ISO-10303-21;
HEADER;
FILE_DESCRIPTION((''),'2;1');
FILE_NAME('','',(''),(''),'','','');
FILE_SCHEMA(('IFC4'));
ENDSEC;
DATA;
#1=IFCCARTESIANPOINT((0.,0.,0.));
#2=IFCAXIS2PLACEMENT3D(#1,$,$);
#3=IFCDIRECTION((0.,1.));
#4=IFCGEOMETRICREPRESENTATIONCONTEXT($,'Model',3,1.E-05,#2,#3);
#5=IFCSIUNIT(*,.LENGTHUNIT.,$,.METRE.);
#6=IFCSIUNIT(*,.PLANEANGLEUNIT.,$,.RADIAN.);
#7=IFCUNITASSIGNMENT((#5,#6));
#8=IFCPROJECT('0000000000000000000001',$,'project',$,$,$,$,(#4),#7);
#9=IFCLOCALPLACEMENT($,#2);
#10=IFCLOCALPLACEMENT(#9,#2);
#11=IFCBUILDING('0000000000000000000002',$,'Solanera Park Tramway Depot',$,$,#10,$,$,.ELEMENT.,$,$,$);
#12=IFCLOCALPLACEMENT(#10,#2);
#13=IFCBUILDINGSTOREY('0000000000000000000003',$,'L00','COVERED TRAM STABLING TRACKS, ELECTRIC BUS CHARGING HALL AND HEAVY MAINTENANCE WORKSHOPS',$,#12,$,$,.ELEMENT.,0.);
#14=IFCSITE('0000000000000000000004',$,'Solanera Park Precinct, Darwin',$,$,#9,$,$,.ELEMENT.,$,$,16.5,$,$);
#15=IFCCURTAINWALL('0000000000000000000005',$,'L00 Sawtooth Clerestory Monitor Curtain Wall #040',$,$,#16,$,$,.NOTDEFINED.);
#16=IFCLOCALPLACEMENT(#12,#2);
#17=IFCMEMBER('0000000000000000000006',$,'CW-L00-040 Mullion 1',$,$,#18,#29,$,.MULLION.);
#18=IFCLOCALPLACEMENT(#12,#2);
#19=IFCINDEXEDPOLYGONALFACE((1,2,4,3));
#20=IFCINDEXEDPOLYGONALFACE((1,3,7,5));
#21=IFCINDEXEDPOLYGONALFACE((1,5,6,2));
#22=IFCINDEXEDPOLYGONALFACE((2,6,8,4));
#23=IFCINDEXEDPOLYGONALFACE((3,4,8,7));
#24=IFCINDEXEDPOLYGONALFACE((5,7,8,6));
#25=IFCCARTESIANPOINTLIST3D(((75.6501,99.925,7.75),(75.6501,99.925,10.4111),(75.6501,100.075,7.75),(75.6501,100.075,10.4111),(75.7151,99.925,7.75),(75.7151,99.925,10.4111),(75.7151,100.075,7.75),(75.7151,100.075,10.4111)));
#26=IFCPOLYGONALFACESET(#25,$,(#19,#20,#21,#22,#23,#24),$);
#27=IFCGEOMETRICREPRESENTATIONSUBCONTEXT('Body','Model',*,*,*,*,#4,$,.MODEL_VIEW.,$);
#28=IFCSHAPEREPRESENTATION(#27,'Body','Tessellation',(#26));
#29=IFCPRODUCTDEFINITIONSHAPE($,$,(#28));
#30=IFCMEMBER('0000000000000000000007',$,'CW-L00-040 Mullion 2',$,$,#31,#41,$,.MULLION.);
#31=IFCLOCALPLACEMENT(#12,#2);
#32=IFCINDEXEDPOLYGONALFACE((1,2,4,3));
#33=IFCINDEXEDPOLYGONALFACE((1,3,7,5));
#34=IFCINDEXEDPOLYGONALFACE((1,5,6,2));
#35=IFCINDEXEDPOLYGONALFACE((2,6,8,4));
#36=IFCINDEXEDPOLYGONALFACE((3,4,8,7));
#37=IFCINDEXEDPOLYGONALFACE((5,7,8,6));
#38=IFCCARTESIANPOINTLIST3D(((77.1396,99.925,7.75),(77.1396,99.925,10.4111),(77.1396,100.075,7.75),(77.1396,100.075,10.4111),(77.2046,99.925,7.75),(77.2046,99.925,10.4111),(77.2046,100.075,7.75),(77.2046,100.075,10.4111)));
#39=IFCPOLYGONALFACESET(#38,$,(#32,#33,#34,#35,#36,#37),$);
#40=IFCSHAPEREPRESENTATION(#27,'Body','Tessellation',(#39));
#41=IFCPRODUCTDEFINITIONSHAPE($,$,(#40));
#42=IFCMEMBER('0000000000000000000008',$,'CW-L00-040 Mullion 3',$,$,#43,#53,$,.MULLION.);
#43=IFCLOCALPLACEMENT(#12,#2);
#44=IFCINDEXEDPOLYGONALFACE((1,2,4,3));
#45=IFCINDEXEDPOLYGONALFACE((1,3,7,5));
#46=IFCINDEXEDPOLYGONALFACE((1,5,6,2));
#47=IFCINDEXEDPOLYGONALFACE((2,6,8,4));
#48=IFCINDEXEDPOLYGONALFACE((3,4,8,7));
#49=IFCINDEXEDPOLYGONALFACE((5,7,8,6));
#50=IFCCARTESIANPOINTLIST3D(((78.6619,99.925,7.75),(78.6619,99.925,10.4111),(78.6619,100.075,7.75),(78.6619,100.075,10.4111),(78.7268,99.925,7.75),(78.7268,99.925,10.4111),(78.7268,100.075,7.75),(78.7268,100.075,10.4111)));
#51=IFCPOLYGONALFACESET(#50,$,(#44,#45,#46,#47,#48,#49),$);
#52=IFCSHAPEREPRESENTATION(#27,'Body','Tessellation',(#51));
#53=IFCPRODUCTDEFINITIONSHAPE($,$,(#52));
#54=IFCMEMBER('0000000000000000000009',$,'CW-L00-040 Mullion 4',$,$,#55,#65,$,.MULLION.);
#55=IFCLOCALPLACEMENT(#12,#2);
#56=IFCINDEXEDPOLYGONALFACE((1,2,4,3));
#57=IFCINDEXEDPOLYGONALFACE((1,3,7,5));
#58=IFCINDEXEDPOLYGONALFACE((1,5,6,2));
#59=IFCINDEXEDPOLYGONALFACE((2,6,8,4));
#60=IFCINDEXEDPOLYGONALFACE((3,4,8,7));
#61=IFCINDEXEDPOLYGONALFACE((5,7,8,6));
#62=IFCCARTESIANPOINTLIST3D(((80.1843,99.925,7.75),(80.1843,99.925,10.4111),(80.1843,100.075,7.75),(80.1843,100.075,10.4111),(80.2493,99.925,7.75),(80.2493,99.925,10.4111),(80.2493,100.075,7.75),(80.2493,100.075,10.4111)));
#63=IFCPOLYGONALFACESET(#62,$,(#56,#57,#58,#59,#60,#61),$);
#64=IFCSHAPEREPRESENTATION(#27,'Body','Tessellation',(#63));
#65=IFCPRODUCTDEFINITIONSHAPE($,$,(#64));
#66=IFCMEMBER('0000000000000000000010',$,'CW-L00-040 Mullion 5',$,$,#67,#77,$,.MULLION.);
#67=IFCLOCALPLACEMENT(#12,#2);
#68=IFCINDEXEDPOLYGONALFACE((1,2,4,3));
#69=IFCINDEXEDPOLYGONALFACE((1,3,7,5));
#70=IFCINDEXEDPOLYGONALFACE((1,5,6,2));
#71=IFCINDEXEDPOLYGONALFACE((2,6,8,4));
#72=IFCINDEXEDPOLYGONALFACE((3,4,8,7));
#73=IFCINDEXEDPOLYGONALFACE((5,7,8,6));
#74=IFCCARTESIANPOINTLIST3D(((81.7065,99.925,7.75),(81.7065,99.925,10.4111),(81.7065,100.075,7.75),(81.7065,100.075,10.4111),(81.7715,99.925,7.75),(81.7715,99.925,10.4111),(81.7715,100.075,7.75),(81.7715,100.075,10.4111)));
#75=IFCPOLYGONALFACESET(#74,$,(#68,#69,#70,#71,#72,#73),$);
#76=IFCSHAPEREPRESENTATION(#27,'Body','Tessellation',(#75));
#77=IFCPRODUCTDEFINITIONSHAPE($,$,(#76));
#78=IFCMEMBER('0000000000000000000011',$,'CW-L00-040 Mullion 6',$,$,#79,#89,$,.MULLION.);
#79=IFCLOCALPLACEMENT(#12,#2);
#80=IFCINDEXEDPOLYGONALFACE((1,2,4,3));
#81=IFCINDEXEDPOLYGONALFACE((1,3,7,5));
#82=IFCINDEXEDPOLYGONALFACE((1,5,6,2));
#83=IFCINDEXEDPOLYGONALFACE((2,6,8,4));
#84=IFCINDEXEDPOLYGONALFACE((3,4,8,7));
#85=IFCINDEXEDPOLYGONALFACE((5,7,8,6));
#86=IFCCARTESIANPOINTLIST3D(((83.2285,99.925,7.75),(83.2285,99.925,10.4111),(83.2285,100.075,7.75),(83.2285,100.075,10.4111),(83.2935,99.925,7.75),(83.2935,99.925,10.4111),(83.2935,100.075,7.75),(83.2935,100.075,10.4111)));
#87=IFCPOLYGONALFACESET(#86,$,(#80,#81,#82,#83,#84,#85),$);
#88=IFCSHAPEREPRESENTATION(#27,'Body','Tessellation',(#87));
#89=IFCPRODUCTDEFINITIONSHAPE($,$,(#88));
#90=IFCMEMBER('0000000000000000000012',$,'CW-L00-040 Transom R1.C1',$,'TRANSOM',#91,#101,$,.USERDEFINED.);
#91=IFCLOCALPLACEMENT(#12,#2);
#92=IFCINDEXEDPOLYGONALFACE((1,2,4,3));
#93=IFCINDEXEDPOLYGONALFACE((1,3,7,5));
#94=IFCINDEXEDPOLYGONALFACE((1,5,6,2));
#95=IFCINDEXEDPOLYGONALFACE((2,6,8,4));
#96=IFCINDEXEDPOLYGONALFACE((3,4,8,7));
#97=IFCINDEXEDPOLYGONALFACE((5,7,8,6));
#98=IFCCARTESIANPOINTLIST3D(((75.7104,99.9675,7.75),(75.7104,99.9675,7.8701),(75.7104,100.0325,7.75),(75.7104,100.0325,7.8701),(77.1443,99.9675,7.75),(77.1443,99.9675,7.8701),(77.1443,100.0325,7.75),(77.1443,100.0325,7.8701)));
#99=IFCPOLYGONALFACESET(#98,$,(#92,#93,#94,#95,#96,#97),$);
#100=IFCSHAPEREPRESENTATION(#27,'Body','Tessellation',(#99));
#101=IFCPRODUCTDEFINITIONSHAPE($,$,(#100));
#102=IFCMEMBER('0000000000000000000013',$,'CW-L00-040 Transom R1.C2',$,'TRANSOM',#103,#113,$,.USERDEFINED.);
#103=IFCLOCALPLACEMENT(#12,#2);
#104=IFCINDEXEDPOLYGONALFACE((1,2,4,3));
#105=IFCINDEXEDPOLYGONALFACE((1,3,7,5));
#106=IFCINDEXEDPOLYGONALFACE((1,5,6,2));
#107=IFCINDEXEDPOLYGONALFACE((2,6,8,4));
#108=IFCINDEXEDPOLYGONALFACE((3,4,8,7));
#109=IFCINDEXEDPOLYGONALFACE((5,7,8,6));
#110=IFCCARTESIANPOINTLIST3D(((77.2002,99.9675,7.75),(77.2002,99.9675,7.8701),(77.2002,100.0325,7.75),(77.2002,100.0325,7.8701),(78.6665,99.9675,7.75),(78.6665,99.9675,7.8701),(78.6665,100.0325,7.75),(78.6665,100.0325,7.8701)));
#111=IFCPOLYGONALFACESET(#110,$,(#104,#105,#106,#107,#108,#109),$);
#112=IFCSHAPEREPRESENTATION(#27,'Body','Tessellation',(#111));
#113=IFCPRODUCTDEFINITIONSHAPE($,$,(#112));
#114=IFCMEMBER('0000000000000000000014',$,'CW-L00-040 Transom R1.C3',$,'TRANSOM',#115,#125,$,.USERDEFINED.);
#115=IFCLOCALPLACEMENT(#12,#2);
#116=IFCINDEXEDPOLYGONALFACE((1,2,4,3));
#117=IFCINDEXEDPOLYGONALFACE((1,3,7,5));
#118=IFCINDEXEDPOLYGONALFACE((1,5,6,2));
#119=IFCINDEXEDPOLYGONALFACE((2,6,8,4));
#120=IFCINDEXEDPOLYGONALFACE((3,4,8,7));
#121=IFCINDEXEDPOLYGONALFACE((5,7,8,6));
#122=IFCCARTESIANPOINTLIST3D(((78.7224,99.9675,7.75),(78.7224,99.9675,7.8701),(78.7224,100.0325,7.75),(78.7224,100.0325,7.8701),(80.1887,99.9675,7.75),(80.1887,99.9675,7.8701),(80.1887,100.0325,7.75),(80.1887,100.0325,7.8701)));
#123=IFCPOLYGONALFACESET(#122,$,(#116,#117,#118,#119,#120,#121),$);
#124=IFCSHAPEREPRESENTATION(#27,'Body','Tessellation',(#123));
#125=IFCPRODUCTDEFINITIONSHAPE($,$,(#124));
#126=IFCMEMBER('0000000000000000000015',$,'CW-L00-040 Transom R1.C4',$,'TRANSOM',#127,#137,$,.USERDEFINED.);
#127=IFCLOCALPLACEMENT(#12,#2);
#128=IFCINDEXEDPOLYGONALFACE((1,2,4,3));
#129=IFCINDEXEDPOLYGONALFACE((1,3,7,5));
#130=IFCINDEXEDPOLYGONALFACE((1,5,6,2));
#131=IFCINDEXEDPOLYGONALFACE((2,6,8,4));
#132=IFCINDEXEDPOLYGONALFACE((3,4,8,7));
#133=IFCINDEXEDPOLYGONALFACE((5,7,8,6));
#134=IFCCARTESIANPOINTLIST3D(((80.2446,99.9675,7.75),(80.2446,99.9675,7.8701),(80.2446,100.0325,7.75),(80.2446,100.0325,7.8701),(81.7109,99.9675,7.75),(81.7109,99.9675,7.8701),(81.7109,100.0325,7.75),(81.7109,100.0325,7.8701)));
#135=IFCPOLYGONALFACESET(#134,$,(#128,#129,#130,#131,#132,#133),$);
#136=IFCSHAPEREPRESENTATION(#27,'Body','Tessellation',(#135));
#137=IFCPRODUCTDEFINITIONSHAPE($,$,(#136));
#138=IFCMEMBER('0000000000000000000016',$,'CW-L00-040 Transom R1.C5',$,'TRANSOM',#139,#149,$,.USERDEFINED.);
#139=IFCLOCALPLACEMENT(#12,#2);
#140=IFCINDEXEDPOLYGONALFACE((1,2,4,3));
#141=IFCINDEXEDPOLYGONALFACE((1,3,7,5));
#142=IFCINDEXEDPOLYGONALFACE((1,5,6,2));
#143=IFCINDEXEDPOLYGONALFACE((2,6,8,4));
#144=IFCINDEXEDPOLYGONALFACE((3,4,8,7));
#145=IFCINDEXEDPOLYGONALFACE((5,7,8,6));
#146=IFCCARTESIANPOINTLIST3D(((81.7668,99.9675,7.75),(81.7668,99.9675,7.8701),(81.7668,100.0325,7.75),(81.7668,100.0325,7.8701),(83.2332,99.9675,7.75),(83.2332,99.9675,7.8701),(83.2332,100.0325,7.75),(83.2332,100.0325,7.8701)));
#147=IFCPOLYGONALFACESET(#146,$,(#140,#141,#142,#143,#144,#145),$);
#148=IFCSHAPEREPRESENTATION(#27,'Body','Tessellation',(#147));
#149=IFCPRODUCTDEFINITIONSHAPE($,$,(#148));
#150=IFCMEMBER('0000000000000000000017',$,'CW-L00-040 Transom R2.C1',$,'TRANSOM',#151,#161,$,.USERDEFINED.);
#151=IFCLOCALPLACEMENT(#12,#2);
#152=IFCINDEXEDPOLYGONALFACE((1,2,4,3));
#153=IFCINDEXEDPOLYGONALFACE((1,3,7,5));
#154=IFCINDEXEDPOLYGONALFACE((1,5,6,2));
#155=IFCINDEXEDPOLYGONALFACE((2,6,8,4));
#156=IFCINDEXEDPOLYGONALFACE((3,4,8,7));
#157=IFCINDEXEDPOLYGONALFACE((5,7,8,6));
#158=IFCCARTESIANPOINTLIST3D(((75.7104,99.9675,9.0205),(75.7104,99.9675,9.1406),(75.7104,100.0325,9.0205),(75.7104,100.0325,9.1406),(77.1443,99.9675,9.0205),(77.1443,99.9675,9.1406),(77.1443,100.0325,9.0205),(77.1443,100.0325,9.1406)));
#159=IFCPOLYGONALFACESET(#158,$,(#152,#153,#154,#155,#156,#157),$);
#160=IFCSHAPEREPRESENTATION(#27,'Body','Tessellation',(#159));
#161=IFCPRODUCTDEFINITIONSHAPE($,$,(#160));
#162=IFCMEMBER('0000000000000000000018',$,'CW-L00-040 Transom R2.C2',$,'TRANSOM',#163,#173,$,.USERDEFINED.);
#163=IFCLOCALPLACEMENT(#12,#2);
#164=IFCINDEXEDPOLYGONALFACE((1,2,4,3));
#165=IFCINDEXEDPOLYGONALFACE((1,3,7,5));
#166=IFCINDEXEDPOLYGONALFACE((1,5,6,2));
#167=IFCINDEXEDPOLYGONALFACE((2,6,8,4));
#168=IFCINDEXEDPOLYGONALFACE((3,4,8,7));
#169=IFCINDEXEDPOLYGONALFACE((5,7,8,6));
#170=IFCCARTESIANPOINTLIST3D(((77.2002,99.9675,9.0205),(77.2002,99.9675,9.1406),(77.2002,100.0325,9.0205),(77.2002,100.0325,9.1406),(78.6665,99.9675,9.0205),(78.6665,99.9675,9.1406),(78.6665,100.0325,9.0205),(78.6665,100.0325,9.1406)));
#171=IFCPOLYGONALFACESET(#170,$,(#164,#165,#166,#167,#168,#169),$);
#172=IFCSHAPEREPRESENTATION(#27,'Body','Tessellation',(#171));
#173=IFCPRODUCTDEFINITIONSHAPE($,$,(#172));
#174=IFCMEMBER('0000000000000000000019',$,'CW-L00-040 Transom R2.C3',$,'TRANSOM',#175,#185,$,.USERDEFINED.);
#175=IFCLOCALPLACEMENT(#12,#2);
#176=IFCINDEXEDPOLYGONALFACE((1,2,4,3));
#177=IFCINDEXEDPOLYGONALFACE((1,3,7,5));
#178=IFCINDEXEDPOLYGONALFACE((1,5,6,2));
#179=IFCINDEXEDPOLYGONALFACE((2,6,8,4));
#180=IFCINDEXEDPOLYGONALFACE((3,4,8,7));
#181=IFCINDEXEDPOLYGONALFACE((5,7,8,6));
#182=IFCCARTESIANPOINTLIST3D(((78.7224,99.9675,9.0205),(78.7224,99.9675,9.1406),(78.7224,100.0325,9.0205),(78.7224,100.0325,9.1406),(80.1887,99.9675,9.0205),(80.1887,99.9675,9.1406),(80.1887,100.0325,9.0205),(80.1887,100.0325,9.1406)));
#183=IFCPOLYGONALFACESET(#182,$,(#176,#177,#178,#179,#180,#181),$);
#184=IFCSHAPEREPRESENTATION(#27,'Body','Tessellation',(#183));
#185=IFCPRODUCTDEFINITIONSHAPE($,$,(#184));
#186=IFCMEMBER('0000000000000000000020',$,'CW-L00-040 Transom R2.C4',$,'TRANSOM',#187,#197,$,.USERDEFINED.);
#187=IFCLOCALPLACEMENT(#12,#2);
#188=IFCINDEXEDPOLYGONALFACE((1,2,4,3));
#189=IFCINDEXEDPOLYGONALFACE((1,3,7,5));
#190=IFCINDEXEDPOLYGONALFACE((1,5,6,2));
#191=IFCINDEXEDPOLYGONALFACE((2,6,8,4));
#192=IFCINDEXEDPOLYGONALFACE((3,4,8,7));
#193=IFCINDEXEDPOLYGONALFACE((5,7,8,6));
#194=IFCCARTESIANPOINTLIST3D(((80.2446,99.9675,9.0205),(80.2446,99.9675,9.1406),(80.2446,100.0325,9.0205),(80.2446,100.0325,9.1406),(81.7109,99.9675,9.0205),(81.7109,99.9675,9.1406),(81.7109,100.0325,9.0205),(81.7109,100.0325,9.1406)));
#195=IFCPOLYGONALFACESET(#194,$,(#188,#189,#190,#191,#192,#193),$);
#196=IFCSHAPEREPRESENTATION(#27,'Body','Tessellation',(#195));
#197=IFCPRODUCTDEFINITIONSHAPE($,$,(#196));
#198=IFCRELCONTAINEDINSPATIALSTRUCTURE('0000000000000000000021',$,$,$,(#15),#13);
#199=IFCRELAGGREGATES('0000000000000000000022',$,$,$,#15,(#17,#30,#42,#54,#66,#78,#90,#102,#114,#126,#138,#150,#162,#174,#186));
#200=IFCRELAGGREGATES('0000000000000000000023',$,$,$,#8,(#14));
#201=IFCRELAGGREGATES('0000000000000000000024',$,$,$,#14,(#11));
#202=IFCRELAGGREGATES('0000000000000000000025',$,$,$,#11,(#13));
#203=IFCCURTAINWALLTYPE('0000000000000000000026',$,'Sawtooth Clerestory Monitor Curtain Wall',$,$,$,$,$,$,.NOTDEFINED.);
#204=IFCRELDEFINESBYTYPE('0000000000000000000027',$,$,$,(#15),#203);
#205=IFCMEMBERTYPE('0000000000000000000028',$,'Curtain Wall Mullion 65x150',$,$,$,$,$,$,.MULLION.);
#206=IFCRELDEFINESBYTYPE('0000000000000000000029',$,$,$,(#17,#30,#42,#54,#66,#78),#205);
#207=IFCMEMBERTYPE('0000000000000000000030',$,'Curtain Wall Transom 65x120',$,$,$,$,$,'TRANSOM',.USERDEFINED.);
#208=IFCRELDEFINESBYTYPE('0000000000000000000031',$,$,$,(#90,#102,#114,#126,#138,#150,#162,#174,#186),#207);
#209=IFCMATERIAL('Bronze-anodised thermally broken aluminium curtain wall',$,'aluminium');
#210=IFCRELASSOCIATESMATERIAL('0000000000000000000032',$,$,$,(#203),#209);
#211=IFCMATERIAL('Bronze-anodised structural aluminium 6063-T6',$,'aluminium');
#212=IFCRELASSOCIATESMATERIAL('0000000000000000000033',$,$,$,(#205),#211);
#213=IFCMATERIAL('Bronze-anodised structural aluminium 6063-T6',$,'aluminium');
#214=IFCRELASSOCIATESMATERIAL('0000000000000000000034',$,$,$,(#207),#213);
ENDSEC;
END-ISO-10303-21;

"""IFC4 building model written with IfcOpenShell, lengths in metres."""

from ifc_helpers import new_model, si_unit, direction, frame, origin, origin_2d, place, context, subcontext, project, spatial, rectangle, extrude, material, material_profile, profile_set, type_object, element, aggregate, save


model = new_model("IFC4")

# Units and contexts
model_context = context("Model", 3, precision=1e-05, world=origin(), true_north=direction((0.0, 1.0)))
body_context = subcontext(model_context, "Body", "Model", "MODEL_VIEW")
ifc_project = project(units=[si_unit("LENGTHUNIT", "METRE"), si_unit("PLANEANGLEUNIT", "RADIAN")], contexts=[model_context])

# Site, building, storey
site_placement = place(None, origin())
site = spatial("IfcSite", under=ifc_project, at=site_placement, Name="Solanera Park Precinct, Darwin", CompositionType="ELEMENT", RefElevation=16.5)
building_placement = place(site_placement, origin())
building = spatial("IfcBuilding", under=site, at=building_placement, Name="Solanera Park Tramway Depot", CompositionType="ELEMENT")
storey_placement = place(building_placement, origin())
storey = spatial("IfcBuildingStorey", under=building, at=storey_placement, Name="L00", Description="COVERED TRAM STABLING TRACKS, ELECTRIC BUS CHARGING HALL AND HEAVY MAINTENANCE WORKSHOPS", CompositionType="ELEMENT", Elevation=0.0)

# Curtain wall, members
ifc_material_1 = material(Name="Bronze-anodised thermally broken aluminium curtain wall", Category="aluminium")
curtain_wall_type = type_object("IfcCurtainWallType", Name="Sawtooth Clerestory Monitor Curtain Wall", PredefinedType="NOTDEFINED", material=ifc_material_1)
curtain_wall_placement = place(storey_placement, origin())
curtain_wall = element("IfcCurtainWall", 1, at=curtain_wall_placement, inside=storey, type_object=curtain_wall_type, Name="L00 Sawtooth Clerestory Monitor Curtain Wall #040", PredefinedType="NOTDEFINED")
ifc_material_2 = material(Name="Bronze-anodised structural aluminium 6063-T6", Category="aluminium")
ifc_material_profile_1 = material_profile(ifc_material_2, rectangle(XDim=0.0649, YDim=0.1499, at=origin_2d()), Name="Curtain Wall Mullion 65x150")
ifc_profile_set_1 = profile_set([ifc_material_profile_1], Name="Bronze-anodised structural aluminium 6063-T6")
member_type_1 = type_object("IfcMemberType", Name="Curtain Wall Mullion 65x150", PredefinedType="MULLION", material=ifc_profile_set_1)
member_1_placement = place(storey_placement, frame((75.6826, 100.0, 7.75), z_axis=(0.0, 0.0, 1.0), x_axis=(1.0, 0.0, 0.0)))
member_1 = element("IfcMember", 2, at=member_1_placement, type_object=member_type_1, Name="CW-L00-040 Mullion 1", PredefinedType="MULLION", context=body_context, shape_type="SweptSolid", body=[
    extrude(rectangle(XDim=0.0649, YDim=0.1499, at=origin_2d()), origin(), (0.0, 0.0, 1.0), 2.6611),
])
member_2_placement = place(storey_placement, frame((77.1721, 100.0, 7.75), z_axis=(0.0, 0.0, 1.0), x_axis=(1.0, 0.0, 0.0)))
member_2 = element("IfcMember", 3, at=member_2_placement, type_object=member_type_1, Name="CW-L00-040 Mullion 2", PredefinedType="MULLION", context=body_context, shape_type="SweptSolid", body=[
    extrude(rectangle(XDim=0.0649, YDim=0.1499, at=origin_2d()), origin(), (0.0, 0.0, 1.0), 2.6611),
])
member_3_placement = place(storey_placement, frame((78.6943, 100.0, 7.75), z_axis=(0.0, 0.0, 1.0), x_axis=(1.0, 0.0, 0.0)))
member_3 = element("IfcMember", 4, at=member_3_placement, type_object=member_type_1, Name="CW-L00-040 Mullion 3", PredefinedType="MULLION", context=body_context, shape_type="SweptSolid", body=[
    extrude(rectangle(XDim=0.0649, YDim=0.1499, at=origin_2d()), origin(), (0.0, 0.0, 1.0), 2.6611),
])
member_4_placement = place(storey_placement, frame((80.2168, 100.0, 7.75), z_axis=(0.0, 0.0, 1.0), x_axis=(1.0, 0.0, 0.0)))
member_4 = element("IfcMember", 5, at=member_4_placement, type_object=member_type_1, Name="CW-L00-040 Mullion 4", PredefinedType="MULLION", context=body_context, shape_type="SweptSolid", body=[
    extrude(rectangle(XDim=0.0649, YDim=0.1499, at=origin_2d()), origin(), (0.0, 0.0, 1.0), 2.6611),
])
member_5_placement = place(storey_placement, frame((81.739, 100.0, 7.75), z_axis=(0.0, 0.0, 1.0), x_axis=(1.0, 0.0, 0.0)))
member_5 = element("IfcMember", 6, at=member_5_placement, type_object=member_type_1, Name="CW-L00-040 Mullion 5", PredefinedType="MULLION", context=body_context, shape_type="SweptSolid", body=[
    extrude(rectangle(XDim=0.0649, YDim=0.1499, at=origin_2d()), origin(), (0.0, 0.0, 1.0), 2.6611),
])
member_6_placement = place(storey_placement, frame((83.261, 100.0, 7.75), z_axis=(0.0, 0.0, 1.0), x_axis=(1.0, 0.0, 0.0)))
member_6 = element("IfcMember", 7, at=member_6_placement, type_object=member_type_1, Name="CW-L00-040 Mullion 6", PredefinedType="MULLION", context=body_context, shape_type="SweptSolid", body=[
    extrude(rectangle(XDim=0.0649, YDim=0.1499, at=origin_2d()), origin(), (0.0, 0.0, 1.0), 2.6611),
])
ifc_material_3 = material(Name="Bronze-anodised structural aluminium 6063-T6", Category="aluminium")
ifc_material_profile_2 = material_profile(ifc_material_3, rectangle(XDim=0.0649, YDim=0.1201, at=origin_2d()), Name="Curtain Wall Transom 65x120")
ifc_profile_set_2 = profile_set([ifc_material_profile_2], Name="Bronze-anodised structural aluminium 6063-T6")
member_type_2 = type_object("IfcMemberType", Name="Curtain Wall Transom 65x120", ElementType="TRANSOM", PredefinedType="USERDEFINED", material=ifc_profile_set_2)
member_7_placement = place(storey_placement, frame((75.7104, 100.0, 7.8101), z_axis=(1.0, 0.0, 0.0), x_axis=(0.0, 1.0, 0.0)))
member_7 = element("IfcMember", 8, at=member_7_placement, type_object=member_type_2, Name="CW-L00-040 Transom R1.C1", ObjectType="TRANSOM", PredefinedType="USERDEFINED", context=body_context, shape_type="SweptSolid", body=[
    extrude(rectangle(XDim=0.0649, YDim=0.1201, at=origin_2d()), origin(), (0.0, 0.0, 1.0), 1.4338),
])
member_8_placement = place(storey_placement, frame((77.2002, 100.0, 7.8101), z_axis=(1.0, 0.0, 0.0), x_axis=(0.0, 1.0, 0.0)))
member_8 = element("IfcMember", 9, at=member_8_placement, type_object=member_type_2, Name="CW-L00-040 Transom R1.C2", ObjectType="TRANSOM", PredefinedType="USERDEFINED", context=body_context, shape_type="SweptSolid", body=[
    extrude(rectangle(XDim=0.0649, YDim=0.1201, at=origin_2d()), origin(), (0.0, 0.0, 1.0), 1.4663),
])
member_9_placement = place(storey_placement, frame((78.7224, 100.0, 7.8101), z_axis=(1.0, 0.0, 0.0), x_axis=(0.0, 1.0, 0.0)))
member_9 = element("IfcMember", 10, at=member_9_placement, type_object=member_type_2, Name="CW-L00-040 Transom R1.C3", ObjectType="TRANSOM", PredefinedType="USERDEFINED", context=body_context, shape_type="SweptSolid", body=[
    extrude(rectangle(XDim=0.0649, YDim=0.1201, at=origin_2d()), origin(), (0.0, 0.0, 1.0), 1.4663),
])
member_10_placement = place(storey_placement, frame((80.2446, 100.0, 7.8101), z_axis=(1.0, 0.0, 0.0), x_axis=(0.0, 1.0, 0.0)))
member_10 = element("IfcMember", 11, at=member_10_placement, type_object=member_type_2, Name="CW-L00-040 Transom R1.C4", ObjectType="TRANSOM", PredefinedType="USERDEFINED", context=body_context, shape_type="SweptSolid", body=[
    extrude(rectangle(XDim=0.0649, YDim=0.1201, at=origin_2d()), origin(), (0.0, 0.0, 1.0), 1.4663),
])
member_11_placement = place(storey_placement, frame((81.7668, 100.0, 7.8101), z_axis=(1.0, 0.0, 0.0), x_axis=(0.0, 1.0, 0.0)))
member_11 = element("IfcMember", 12, at=member_11_placement, type_object=member_type_2, Name="CW-L00-040 Transom R1.C5", ObjectType="TRANSOM", PredefinedType="USERDEFINED", context=body_context, shape_type="SweptSolid", body=[
    extrude(rectangle(XDim=0.0649, YDim=0.1201, at=origin_2d()), origin(), (0.0, 0.0, 1.0), 1.4663),
])
member_12_placement = place(storey_placement, frame((75.7104, 100.0, 9.0806), z_axis=(1.0, 0.0, 0.0), x_axis=(0.0, 1.0, 0.0)))
member_12 = element("IfcMember", 13, at=member_12_placement, type_object=member_type_2, Name="CW-L00-040 Transom R2.C1", ObjectType="TRANSOM", PredefinedType="USERDEFINED", context=body_context, shape_type="SweptSolid", body=[
    extrude(rectangle(XDim=0.0649, YDim=0.1201, at=origin_2d()), origin(), (0.0, 0.0, 1.0), 1.4338),
])
member_13_placement = place(storey_placement, frame((77.2002, 100.0, 9.0806), z_axis=(1.0, 0.0, 0.0), x_axis=(0.0, 1.0, 0.0)))
member_13 = element("IfcMember", 14, at=member_13_placement, type_object=member_type_2, Name="CW-L00-040 Transom R2.C2", ObjectType="TRANSOM", PredefinedType="USERDEFINED", context=body_context, shape_type="SweptSolid", body=[
    extrude(rectangle(XDim=0.0649, YDim=0.1201, at=origin_2d()), origin(), (0.0, 0.0, 1.0), 1.4663),
])
member_14_placement = place(storey_placement, frame((78.7224, 100.0, 9.0806), z_axis=(1.0, 0.0, 0.0), x_axis=(0.0, 1.0, 0.0)))
member_14 = element("IfcMember", 15, at=member_14_placement, type_object=member_type_2, Name="CW-L00-040 Transom R2.C3", ObjectType="TRANSOM", PredefinedType="USERDEFINED", context=body_context, shape_type="SweptSolid", body=[
    extrude(rectangle(XDim=0.0649, YDim=0.1201, at=origin_2d()), origin(), (0.0, 0.0, 1.0), 1.4663),
])
member_15_placement = place(storey_placement, frame((80.2446, 100.0, 9.0806), z_axis=(1.0, 0.0, 0.0), x_axis=(0.0, 1.0, 0.0)))
member_15 = element("IfcMember", 16, at=member_15_placement, type_object=member_type_2, Name="CW-L00-040 Transom R2.C4", ObjectType="TRANSOM", PredefinedType="USERDEFINED", context=body_context, shape_type="SweptSolid", body=[
    extrude(rectangle(XDim=0.0649, YDim=0.1201, at=origin_2d()), origin(), (0.0, 0.0, 1.0), 1.4663),
])

aggregate(curtain_wall, [member_1, member_2, member_3, member_4, member_5, member_6, member_7, member_8, member_9, member_10, member_11, member_12, member_13, member_14, member_15])

save(model, "model.ifc")
